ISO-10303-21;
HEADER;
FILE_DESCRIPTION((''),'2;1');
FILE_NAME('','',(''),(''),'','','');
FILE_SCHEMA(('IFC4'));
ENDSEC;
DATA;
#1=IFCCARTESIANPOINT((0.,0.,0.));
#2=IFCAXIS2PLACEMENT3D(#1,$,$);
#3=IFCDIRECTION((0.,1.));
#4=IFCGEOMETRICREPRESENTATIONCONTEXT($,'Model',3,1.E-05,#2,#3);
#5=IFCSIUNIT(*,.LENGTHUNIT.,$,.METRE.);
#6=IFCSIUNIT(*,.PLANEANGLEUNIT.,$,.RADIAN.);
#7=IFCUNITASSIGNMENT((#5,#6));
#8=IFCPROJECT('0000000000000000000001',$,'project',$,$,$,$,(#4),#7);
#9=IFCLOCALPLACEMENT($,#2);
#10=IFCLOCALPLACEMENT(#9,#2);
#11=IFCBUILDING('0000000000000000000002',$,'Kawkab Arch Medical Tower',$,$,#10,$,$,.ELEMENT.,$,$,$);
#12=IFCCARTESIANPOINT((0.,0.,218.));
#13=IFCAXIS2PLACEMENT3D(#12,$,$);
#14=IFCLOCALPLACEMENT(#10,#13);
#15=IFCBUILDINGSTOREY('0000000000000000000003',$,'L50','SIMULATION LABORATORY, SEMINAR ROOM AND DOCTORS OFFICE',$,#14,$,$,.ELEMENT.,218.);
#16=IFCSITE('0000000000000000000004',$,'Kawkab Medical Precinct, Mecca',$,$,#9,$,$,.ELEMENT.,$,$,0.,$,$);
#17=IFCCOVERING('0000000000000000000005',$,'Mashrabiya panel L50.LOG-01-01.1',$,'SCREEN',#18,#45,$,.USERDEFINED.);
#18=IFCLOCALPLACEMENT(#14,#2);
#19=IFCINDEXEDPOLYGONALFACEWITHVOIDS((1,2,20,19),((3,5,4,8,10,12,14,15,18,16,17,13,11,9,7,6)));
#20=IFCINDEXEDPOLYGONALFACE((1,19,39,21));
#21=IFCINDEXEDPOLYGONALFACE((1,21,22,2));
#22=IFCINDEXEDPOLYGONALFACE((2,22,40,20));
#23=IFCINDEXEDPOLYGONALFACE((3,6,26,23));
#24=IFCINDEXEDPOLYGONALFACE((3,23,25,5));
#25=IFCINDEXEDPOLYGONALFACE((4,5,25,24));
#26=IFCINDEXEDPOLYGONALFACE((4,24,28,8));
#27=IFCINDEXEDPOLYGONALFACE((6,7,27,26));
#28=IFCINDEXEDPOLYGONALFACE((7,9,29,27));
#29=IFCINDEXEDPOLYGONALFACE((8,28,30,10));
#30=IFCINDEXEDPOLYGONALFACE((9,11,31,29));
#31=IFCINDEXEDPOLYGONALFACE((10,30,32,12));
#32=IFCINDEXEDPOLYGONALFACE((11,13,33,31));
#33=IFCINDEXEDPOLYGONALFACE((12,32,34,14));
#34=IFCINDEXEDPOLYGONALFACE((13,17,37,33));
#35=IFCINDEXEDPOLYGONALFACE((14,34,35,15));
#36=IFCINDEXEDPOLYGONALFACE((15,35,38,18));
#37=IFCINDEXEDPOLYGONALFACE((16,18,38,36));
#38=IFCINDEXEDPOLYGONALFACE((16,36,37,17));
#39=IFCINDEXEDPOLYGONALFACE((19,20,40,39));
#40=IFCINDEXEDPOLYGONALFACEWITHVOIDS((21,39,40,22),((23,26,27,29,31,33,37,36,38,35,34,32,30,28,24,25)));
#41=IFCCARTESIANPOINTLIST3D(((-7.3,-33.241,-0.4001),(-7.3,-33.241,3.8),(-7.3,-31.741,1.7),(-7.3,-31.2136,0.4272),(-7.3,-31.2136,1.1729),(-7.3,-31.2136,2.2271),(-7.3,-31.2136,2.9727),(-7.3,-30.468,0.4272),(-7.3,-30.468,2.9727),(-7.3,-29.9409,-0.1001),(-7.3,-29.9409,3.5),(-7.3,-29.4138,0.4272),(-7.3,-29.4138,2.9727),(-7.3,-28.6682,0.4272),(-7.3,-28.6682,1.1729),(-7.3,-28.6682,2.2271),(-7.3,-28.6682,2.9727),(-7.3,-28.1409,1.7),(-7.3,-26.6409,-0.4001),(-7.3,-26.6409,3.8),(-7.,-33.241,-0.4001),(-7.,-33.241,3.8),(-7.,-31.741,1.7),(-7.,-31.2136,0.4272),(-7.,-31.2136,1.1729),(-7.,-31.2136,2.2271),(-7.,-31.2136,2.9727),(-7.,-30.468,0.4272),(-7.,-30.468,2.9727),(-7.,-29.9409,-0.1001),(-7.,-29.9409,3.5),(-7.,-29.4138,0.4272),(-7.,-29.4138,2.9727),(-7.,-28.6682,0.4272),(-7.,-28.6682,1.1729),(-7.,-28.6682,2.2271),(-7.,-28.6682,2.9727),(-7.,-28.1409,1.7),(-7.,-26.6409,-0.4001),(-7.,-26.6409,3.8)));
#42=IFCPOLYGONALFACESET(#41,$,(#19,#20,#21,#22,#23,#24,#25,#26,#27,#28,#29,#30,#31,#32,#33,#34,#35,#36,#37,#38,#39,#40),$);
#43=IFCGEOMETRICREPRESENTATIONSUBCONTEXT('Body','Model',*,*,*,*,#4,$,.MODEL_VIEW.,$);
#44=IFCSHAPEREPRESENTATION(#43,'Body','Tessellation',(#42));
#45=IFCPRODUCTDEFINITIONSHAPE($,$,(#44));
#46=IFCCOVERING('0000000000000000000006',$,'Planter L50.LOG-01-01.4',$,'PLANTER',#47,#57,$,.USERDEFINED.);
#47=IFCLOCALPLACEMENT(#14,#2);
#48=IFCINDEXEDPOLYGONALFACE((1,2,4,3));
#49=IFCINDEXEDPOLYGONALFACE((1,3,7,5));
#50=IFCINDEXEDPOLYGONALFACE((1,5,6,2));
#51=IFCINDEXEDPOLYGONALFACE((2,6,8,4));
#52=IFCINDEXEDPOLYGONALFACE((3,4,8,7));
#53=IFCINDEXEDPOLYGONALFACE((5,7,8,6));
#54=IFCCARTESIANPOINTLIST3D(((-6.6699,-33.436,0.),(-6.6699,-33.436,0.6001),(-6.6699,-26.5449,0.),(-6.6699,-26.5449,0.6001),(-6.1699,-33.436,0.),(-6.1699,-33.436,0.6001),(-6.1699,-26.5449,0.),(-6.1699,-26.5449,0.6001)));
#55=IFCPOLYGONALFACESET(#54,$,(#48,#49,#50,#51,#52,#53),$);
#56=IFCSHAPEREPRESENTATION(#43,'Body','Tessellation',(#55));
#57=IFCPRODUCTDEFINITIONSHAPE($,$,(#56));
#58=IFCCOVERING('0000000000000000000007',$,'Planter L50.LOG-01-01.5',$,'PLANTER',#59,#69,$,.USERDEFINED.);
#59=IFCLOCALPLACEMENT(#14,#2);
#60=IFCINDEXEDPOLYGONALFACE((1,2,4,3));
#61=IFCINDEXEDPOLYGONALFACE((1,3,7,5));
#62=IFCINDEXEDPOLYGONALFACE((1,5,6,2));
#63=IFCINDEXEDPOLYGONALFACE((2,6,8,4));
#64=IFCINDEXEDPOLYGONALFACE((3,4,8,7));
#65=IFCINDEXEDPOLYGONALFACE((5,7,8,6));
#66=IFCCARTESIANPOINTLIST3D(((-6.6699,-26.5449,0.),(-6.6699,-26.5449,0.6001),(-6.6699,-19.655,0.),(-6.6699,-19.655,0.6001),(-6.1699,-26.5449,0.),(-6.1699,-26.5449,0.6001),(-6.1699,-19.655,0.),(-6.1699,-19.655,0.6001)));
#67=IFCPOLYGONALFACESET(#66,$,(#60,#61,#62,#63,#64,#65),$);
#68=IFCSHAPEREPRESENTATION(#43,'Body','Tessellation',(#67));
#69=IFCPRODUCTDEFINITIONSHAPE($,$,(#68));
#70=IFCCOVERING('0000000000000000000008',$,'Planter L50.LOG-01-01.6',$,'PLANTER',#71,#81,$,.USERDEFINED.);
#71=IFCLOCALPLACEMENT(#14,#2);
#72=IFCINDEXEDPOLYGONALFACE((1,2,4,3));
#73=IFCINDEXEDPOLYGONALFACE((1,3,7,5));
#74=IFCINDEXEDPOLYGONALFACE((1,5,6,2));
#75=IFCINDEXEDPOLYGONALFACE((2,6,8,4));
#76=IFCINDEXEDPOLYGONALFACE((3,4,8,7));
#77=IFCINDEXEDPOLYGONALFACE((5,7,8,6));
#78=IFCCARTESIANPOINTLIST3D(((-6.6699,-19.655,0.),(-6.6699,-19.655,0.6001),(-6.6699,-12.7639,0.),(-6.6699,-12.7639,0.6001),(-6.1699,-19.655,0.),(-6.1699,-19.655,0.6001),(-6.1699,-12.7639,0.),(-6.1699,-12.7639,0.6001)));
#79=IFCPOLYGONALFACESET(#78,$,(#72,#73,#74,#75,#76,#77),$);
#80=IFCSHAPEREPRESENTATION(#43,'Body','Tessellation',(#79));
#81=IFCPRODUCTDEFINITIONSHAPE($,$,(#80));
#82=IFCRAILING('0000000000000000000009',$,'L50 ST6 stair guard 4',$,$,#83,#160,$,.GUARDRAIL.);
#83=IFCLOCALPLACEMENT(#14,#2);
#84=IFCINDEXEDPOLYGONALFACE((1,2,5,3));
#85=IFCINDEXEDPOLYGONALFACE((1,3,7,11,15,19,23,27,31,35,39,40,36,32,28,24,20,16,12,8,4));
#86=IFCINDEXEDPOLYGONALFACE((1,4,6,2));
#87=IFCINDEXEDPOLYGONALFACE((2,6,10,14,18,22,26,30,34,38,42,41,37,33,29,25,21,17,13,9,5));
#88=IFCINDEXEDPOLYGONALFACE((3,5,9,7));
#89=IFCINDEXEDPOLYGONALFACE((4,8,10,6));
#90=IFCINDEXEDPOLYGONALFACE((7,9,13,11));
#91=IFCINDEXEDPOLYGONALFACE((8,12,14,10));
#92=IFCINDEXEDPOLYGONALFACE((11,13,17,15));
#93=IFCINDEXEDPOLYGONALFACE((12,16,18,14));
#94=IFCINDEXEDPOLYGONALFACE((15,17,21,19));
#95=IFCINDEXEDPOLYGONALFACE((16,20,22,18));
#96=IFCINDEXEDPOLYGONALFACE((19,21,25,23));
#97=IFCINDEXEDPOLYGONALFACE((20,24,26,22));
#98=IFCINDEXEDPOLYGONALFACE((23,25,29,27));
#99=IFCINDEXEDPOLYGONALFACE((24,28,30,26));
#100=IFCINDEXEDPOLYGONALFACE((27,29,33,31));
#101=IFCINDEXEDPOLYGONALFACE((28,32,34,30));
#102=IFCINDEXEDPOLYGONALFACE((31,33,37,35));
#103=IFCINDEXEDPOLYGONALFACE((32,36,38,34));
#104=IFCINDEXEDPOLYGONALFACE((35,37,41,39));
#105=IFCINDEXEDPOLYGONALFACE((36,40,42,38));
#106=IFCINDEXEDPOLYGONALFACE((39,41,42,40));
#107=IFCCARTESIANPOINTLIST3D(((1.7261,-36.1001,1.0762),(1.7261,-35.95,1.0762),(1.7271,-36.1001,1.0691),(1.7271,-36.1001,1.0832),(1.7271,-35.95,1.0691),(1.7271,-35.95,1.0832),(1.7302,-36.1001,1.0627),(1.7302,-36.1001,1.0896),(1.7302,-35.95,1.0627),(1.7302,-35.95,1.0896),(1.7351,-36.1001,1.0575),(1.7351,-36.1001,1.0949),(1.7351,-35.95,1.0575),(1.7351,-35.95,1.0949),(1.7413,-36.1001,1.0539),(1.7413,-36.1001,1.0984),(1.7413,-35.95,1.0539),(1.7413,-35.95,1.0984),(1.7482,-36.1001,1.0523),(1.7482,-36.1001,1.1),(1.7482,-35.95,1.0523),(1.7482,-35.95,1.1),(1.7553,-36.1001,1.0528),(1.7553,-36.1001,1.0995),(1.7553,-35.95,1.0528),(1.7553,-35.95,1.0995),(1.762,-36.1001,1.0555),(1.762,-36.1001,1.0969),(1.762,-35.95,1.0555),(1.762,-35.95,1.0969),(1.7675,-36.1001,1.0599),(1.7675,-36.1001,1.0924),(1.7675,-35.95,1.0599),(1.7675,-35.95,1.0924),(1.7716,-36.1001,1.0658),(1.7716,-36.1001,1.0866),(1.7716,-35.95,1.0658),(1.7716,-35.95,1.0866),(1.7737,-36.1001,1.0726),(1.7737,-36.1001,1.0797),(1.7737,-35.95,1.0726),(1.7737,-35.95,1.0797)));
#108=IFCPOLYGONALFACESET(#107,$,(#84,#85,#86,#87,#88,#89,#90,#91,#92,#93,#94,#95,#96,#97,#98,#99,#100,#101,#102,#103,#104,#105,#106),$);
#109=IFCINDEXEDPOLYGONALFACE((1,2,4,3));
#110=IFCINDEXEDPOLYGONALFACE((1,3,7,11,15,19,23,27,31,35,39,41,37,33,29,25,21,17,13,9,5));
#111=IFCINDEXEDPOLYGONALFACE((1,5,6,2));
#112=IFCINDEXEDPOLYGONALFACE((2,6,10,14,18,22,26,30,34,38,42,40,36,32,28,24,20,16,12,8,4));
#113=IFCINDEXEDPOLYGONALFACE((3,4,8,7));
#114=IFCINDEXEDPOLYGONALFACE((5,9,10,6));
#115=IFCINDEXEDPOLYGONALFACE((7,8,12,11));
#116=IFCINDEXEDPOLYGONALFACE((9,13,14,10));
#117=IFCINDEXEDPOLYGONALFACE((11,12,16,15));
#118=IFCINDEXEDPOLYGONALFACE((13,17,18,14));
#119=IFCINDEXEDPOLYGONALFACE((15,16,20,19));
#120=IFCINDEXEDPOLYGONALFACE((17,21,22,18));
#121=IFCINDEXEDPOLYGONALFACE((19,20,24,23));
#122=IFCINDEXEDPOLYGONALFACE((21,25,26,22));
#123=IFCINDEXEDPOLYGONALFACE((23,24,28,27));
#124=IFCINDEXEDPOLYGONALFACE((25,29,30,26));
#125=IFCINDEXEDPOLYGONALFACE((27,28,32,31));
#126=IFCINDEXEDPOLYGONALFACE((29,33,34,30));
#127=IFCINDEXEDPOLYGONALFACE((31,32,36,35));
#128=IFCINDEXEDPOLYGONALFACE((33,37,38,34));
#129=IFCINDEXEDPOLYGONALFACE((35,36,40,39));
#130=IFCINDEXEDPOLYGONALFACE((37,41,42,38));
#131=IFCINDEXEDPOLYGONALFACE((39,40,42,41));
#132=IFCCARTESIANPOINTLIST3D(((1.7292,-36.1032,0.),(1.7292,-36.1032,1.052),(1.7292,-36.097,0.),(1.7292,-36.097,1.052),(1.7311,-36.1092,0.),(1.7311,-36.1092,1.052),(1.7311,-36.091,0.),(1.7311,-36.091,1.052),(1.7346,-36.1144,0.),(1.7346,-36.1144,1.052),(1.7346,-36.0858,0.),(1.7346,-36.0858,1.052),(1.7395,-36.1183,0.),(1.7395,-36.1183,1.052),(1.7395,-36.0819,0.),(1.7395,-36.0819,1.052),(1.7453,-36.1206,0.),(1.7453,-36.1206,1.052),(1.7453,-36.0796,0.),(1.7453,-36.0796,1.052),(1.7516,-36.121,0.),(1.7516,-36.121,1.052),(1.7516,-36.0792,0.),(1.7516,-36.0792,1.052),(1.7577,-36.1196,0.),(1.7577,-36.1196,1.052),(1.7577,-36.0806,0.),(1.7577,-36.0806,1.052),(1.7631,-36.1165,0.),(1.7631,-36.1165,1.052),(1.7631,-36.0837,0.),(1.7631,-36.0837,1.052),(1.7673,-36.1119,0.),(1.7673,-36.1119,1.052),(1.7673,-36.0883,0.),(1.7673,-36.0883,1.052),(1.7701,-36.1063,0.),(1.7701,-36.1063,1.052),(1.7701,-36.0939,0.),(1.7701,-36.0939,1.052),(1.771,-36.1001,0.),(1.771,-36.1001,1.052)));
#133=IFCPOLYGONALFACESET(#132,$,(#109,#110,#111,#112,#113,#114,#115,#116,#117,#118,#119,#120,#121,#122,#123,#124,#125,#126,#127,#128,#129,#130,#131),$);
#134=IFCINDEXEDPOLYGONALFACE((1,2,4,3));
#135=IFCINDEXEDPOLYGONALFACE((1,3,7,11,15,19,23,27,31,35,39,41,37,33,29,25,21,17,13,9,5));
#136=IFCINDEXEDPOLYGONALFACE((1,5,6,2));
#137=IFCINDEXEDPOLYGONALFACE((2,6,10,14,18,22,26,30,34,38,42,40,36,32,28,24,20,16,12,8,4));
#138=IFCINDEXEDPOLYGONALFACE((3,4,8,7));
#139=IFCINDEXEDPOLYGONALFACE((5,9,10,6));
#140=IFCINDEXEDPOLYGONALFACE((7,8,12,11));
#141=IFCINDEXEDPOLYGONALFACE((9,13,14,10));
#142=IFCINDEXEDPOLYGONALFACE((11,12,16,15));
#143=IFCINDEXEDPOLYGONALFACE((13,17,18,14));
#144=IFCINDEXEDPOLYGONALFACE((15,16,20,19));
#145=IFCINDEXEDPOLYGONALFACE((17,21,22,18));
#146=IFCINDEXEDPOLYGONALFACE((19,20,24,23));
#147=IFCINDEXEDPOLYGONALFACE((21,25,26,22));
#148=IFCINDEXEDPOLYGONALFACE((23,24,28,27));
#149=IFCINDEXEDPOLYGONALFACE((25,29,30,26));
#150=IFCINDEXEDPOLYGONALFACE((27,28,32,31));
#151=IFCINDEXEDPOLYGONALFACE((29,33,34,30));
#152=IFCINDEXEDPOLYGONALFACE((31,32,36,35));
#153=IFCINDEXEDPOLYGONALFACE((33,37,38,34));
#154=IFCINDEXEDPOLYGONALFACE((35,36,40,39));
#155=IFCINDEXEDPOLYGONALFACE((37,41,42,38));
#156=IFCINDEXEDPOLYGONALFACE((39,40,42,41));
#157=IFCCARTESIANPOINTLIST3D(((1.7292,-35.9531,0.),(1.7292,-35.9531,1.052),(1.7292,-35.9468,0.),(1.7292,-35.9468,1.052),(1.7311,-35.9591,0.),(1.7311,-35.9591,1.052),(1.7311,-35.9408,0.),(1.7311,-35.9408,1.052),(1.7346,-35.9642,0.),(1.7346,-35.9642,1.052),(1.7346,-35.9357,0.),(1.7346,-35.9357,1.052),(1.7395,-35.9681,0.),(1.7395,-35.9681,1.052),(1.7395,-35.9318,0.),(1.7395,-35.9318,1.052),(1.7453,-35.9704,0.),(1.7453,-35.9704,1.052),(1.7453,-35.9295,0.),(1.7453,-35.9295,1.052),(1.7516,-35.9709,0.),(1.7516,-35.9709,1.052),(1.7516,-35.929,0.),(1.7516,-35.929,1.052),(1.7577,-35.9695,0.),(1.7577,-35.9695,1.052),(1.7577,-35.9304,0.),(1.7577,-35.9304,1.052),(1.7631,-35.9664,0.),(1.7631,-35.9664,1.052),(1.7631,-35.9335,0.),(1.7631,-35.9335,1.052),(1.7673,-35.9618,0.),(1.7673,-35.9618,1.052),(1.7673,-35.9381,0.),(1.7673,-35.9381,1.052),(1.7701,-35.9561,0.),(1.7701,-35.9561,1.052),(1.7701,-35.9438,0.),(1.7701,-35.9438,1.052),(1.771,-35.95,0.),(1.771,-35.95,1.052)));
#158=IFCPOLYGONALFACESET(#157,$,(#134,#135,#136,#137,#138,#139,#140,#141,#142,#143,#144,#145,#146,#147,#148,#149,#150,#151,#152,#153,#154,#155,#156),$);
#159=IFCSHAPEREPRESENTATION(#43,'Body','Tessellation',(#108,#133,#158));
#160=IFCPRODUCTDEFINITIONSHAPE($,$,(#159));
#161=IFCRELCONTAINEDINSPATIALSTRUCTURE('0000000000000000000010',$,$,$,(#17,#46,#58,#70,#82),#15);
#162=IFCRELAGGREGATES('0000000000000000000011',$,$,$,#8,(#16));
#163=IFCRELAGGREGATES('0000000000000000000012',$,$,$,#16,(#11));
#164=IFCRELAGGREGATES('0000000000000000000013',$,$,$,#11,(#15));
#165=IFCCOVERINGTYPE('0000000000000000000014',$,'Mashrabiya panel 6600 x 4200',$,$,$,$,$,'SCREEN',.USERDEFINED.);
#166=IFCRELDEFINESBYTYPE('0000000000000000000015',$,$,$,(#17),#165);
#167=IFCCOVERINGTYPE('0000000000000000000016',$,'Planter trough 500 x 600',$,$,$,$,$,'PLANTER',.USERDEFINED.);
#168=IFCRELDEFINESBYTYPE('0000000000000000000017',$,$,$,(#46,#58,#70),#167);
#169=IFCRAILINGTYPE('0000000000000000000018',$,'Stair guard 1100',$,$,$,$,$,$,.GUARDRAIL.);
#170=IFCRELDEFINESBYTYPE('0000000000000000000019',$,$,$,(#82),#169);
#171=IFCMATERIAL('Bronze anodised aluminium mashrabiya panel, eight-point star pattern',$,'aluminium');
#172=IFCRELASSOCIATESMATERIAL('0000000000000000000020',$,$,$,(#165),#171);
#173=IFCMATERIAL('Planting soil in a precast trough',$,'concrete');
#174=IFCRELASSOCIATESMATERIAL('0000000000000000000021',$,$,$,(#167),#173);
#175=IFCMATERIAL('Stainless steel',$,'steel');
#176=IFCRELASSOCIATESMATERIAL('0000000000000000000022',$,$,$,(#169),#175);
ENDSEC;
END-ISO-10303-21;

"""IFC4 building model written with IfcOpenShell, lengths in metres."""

from ifc_helpers import new_model, si_unit, direction, frame, origin, origin_2d, place, context, subcontext, project, spatial, polyline, rectangle, circle, outline, extrude, material, material_profile, profile_set, type_object, element, save


model = new_model("IFC4")

# Units and contexts
model_context = context("Model", 3, precision=1e-05, world=origin(), true_north=direction((0.0, 1.0)))
body_context = subcontext(model_context, "Body", "Model", "MODEL_VIEW")
ifc_project = project(units=[si_unit("LENGTHUNIT", "METRE"), si_unit("PLANEANGLEUNIT", "RADIAN")], contexts=[model_context])

# Site, building, storey
site_placement = place(None, origin())
site = spatial("IfcSite", under=ifc_project, at=site_placement, Name="Kawkab Medical Precinct, Mecca", CompositionType="ELEMENT", RefElevation=0.0)
building_placement = place(site_placement, origin())
building = spatial("IfcBuilding", under=site, at=building_placement, Name="Kawkab Arch Medical Tower", CompositionType="ELEMENT")
storey_placement = place(building_placement, frame((0.0, 0.0, 218.0)))
storey = spatial("IfcBuildingStorey", under=building, at=storey_placement, Name="L50", Description="SIMULATION LABORATORY, SEMINAR ROOM AND DOCTORS OFFICE", CompositionType="ELEMENT", Elevation=218.0)

# Coverings
ifc_material_1 = material(Name="Bronze anodised aluminium mashrabiya panel, eight-point star pattern", Category="aluminium")
ifc_material_profile_1 = material_profile(ifc_material_1, outline(polyline([(-3.3, -2.1001), (3.3, -2.1001), (3.3, 2.1001), (-3.3, 2.1001), (-3.3, -2.1001)]), holes=[polyline([(1.8, 0.0), (1.2727, 0.5271), (1.2727, 1.2727), (0.5271, 1.2727), (0.0, 1.8), (-0.5271, 1.2727), (-1.2727, 1.2727), (-1.2727, 0.5271), (-1.8, 0.0), (-1.2727, -0.5271), (-1.2727, -1.2727), (-0.5271, -1.2727), (0.0, -1.8), (0.5271, -1.2727), (1.2727, -1.2727), (1.2727, -0.5271), (1.8, 0.0)])]), Name="Mashrabiya panel 6600x4200")
ifc_profile_set_1 = profile_set([ifc_material_profile_1], Name="Bronze anodised aluminium mashrabiya panel, eight-point star pattern")
covering_type_1 = type_object("IfcCoveringType", Name="Mashrabiya panel 6600 x 4200", ElementType="SCREEN", PredefinedType="USERDEFINED", material=ifc_profile_set_1)
covering_1_placement = place(storey_placement, frame((-7.0, -29.9409, 1.7), z_axis=(-1.0, 0.0, 0.0), x_axis=(0.0, -1.0, 0.0)))
element("IfcCovering", 1, at=covering_1_placement, inside=storey, type_object=covering_type_1, Name="Mashrabiya panel L50.LOG-01-01.1", ObjectType="SCREEN", PredefinedType="USERDEFINED", context=body_context, shape_type="SweptSolid", body=[
    extrude(outline(polyline([(-3.3, -2.1001), (3.3, -2.1001), (3.3, 2.1001), (-3.3, 2.1001), (-3.3, -2.1001)]), holes=[polyline([(1.8, 0.0), (1.2727, 0.5271), (1.2727, 1.2727), (0.5271, 1.2727), (0.0, 1.8), (-0.5271, 1.2727), (-1.2727, 1.2727), (-1.2727, 0.5271), (-1.8, 0.0), (-1.2727, -0.5271), (-1.2727, -1.2727), (-0.5271, -1.2727), (0.0, -1.8), (0.5271, -1.2727), (1.2727, -1.2727), (1.2727, -0.5271), (1.8, 0.0)])]), origin(), (0.0, 0.0, 1.0), 0.3),
])
ifc_material_2 = material(Name="Planting soil in a precast trough", Category="concrete")
ifc_material_profile_2 = material_profile(ifc_material_2, rectangle(XDim=0.5, YDim=0.6001, at=origin_2d()), Name="Trough 500x600")
ifc_profile_set_2 = profile_set([ifc_material_profile_2], Name="Planting soil in a precast trough")
covering_type_2 = type_object("IfcCoveringType", Name="Planter trough 500 x 600", ElementType="PLANTER", PredefinedType="USERDEFINED", material=ifc_profile_set_2)
covering_2_placement = place(storey_placement, frame((-6.4199, -33.436, 0.3), z_axis=(0.0, 1.0, 0.0), x_axis=(-1.0, 0.0, 0.0)))
element("IfcCovering", 2, at=covering_2_placement, inside=storey, type_object=covering_type_2, Name="Planter L50.LOG-01-01.4", ObjectType="PLANTER", PredefinedType="USERDEFINED", context=body_context, shape_type="SweptSolid", body=[
    extrude(rectangle(XDim=0.5, YDim=0.6001, at=origin_2d()), origin(), (0.0, 0.0, 1.0), 6.8911),
])
covering_3_placement = place(storey_placement, frame((-6.4199, -26.5449, 0.3), z_axis=(0.0, 1.0, 0.0), x_axis=(-1.0, 0.0, 0.0)))
element("IfcCovering", 3, at=covering_3_placement, inside=storey, type_object=covering_type_2, Name="Planter L50.LOG-01-01.5", ObjectType="PLANTER", PredefinedType="USERDEFINED", context=body_context, shape_type="SweptSolid", body=[
    extrude(rectangle(XDim=0.5, YDim=0.6001, at=origin_2d()), origin(), (0.0, 0.0, 1.0), 6.8899),
])
covering_4_placement = place(storey_placement, frame((-6.4199, -19.655, 0.3), z_axis=(0.0, 1.0, 0.0), x_axis=(-1.0, 0.0, 0.0)))
element("IfcCovering", 4, at=covering_4_placement, inside=storey, type_object=covering_type_2, Name="Planter L50.LOG-01-01.6", ObjectType="PLANTER", PredefinedType="USERDEFINED", context=body_context, shape_type="SweptSolid", body=[
    extrude(rectangle(XDim=0.5, YDim=0.6001, at=origin_2d()), origin(), (0.0, 0.0, 1.0), 6.8911),
])

# Railing
ifc_material_3 = material(Name="Stainless steel", Category="steel")
railing_type_1 = type_object("IfcRailingType", Name="Stair guard 1100", PredefinedType="GUARDRAIL", material=ifc_material_3)
railing_1_placement = place(storey_placement, frame((1.75, -36.1001, 0.0)))
element("IfcRailing", 5, at=railing_1_placement, inside=storey, type_object=railing_type_1, Name="L50 ST6 stair guard 4", PredefinedType="GUARDRAIL", context=body_context, shape_type="SweptSolid", body=[
    extrude(circle(Radius=0.0239, at=origin_2d()), frame((0.0, 0.0, 1.0762), z_axis=(0.0, 1.0, 0.0), x_axis=(-1.0, 0.0, 0.0)), (0.0, 0.0, 1.0), 0.1501),
    extrude(circle(Radius=0.021, at=origin_2d()), origin(), (0.0, 0.0, 1.0), 1.052),
    extrude(circle(Radius=0.021, at=origin_2d()), frame((0.0, 0.1501, 0.0)), (0.0, 0.0, 1.0), 1.052),
])

save(model, "model.ifc")
